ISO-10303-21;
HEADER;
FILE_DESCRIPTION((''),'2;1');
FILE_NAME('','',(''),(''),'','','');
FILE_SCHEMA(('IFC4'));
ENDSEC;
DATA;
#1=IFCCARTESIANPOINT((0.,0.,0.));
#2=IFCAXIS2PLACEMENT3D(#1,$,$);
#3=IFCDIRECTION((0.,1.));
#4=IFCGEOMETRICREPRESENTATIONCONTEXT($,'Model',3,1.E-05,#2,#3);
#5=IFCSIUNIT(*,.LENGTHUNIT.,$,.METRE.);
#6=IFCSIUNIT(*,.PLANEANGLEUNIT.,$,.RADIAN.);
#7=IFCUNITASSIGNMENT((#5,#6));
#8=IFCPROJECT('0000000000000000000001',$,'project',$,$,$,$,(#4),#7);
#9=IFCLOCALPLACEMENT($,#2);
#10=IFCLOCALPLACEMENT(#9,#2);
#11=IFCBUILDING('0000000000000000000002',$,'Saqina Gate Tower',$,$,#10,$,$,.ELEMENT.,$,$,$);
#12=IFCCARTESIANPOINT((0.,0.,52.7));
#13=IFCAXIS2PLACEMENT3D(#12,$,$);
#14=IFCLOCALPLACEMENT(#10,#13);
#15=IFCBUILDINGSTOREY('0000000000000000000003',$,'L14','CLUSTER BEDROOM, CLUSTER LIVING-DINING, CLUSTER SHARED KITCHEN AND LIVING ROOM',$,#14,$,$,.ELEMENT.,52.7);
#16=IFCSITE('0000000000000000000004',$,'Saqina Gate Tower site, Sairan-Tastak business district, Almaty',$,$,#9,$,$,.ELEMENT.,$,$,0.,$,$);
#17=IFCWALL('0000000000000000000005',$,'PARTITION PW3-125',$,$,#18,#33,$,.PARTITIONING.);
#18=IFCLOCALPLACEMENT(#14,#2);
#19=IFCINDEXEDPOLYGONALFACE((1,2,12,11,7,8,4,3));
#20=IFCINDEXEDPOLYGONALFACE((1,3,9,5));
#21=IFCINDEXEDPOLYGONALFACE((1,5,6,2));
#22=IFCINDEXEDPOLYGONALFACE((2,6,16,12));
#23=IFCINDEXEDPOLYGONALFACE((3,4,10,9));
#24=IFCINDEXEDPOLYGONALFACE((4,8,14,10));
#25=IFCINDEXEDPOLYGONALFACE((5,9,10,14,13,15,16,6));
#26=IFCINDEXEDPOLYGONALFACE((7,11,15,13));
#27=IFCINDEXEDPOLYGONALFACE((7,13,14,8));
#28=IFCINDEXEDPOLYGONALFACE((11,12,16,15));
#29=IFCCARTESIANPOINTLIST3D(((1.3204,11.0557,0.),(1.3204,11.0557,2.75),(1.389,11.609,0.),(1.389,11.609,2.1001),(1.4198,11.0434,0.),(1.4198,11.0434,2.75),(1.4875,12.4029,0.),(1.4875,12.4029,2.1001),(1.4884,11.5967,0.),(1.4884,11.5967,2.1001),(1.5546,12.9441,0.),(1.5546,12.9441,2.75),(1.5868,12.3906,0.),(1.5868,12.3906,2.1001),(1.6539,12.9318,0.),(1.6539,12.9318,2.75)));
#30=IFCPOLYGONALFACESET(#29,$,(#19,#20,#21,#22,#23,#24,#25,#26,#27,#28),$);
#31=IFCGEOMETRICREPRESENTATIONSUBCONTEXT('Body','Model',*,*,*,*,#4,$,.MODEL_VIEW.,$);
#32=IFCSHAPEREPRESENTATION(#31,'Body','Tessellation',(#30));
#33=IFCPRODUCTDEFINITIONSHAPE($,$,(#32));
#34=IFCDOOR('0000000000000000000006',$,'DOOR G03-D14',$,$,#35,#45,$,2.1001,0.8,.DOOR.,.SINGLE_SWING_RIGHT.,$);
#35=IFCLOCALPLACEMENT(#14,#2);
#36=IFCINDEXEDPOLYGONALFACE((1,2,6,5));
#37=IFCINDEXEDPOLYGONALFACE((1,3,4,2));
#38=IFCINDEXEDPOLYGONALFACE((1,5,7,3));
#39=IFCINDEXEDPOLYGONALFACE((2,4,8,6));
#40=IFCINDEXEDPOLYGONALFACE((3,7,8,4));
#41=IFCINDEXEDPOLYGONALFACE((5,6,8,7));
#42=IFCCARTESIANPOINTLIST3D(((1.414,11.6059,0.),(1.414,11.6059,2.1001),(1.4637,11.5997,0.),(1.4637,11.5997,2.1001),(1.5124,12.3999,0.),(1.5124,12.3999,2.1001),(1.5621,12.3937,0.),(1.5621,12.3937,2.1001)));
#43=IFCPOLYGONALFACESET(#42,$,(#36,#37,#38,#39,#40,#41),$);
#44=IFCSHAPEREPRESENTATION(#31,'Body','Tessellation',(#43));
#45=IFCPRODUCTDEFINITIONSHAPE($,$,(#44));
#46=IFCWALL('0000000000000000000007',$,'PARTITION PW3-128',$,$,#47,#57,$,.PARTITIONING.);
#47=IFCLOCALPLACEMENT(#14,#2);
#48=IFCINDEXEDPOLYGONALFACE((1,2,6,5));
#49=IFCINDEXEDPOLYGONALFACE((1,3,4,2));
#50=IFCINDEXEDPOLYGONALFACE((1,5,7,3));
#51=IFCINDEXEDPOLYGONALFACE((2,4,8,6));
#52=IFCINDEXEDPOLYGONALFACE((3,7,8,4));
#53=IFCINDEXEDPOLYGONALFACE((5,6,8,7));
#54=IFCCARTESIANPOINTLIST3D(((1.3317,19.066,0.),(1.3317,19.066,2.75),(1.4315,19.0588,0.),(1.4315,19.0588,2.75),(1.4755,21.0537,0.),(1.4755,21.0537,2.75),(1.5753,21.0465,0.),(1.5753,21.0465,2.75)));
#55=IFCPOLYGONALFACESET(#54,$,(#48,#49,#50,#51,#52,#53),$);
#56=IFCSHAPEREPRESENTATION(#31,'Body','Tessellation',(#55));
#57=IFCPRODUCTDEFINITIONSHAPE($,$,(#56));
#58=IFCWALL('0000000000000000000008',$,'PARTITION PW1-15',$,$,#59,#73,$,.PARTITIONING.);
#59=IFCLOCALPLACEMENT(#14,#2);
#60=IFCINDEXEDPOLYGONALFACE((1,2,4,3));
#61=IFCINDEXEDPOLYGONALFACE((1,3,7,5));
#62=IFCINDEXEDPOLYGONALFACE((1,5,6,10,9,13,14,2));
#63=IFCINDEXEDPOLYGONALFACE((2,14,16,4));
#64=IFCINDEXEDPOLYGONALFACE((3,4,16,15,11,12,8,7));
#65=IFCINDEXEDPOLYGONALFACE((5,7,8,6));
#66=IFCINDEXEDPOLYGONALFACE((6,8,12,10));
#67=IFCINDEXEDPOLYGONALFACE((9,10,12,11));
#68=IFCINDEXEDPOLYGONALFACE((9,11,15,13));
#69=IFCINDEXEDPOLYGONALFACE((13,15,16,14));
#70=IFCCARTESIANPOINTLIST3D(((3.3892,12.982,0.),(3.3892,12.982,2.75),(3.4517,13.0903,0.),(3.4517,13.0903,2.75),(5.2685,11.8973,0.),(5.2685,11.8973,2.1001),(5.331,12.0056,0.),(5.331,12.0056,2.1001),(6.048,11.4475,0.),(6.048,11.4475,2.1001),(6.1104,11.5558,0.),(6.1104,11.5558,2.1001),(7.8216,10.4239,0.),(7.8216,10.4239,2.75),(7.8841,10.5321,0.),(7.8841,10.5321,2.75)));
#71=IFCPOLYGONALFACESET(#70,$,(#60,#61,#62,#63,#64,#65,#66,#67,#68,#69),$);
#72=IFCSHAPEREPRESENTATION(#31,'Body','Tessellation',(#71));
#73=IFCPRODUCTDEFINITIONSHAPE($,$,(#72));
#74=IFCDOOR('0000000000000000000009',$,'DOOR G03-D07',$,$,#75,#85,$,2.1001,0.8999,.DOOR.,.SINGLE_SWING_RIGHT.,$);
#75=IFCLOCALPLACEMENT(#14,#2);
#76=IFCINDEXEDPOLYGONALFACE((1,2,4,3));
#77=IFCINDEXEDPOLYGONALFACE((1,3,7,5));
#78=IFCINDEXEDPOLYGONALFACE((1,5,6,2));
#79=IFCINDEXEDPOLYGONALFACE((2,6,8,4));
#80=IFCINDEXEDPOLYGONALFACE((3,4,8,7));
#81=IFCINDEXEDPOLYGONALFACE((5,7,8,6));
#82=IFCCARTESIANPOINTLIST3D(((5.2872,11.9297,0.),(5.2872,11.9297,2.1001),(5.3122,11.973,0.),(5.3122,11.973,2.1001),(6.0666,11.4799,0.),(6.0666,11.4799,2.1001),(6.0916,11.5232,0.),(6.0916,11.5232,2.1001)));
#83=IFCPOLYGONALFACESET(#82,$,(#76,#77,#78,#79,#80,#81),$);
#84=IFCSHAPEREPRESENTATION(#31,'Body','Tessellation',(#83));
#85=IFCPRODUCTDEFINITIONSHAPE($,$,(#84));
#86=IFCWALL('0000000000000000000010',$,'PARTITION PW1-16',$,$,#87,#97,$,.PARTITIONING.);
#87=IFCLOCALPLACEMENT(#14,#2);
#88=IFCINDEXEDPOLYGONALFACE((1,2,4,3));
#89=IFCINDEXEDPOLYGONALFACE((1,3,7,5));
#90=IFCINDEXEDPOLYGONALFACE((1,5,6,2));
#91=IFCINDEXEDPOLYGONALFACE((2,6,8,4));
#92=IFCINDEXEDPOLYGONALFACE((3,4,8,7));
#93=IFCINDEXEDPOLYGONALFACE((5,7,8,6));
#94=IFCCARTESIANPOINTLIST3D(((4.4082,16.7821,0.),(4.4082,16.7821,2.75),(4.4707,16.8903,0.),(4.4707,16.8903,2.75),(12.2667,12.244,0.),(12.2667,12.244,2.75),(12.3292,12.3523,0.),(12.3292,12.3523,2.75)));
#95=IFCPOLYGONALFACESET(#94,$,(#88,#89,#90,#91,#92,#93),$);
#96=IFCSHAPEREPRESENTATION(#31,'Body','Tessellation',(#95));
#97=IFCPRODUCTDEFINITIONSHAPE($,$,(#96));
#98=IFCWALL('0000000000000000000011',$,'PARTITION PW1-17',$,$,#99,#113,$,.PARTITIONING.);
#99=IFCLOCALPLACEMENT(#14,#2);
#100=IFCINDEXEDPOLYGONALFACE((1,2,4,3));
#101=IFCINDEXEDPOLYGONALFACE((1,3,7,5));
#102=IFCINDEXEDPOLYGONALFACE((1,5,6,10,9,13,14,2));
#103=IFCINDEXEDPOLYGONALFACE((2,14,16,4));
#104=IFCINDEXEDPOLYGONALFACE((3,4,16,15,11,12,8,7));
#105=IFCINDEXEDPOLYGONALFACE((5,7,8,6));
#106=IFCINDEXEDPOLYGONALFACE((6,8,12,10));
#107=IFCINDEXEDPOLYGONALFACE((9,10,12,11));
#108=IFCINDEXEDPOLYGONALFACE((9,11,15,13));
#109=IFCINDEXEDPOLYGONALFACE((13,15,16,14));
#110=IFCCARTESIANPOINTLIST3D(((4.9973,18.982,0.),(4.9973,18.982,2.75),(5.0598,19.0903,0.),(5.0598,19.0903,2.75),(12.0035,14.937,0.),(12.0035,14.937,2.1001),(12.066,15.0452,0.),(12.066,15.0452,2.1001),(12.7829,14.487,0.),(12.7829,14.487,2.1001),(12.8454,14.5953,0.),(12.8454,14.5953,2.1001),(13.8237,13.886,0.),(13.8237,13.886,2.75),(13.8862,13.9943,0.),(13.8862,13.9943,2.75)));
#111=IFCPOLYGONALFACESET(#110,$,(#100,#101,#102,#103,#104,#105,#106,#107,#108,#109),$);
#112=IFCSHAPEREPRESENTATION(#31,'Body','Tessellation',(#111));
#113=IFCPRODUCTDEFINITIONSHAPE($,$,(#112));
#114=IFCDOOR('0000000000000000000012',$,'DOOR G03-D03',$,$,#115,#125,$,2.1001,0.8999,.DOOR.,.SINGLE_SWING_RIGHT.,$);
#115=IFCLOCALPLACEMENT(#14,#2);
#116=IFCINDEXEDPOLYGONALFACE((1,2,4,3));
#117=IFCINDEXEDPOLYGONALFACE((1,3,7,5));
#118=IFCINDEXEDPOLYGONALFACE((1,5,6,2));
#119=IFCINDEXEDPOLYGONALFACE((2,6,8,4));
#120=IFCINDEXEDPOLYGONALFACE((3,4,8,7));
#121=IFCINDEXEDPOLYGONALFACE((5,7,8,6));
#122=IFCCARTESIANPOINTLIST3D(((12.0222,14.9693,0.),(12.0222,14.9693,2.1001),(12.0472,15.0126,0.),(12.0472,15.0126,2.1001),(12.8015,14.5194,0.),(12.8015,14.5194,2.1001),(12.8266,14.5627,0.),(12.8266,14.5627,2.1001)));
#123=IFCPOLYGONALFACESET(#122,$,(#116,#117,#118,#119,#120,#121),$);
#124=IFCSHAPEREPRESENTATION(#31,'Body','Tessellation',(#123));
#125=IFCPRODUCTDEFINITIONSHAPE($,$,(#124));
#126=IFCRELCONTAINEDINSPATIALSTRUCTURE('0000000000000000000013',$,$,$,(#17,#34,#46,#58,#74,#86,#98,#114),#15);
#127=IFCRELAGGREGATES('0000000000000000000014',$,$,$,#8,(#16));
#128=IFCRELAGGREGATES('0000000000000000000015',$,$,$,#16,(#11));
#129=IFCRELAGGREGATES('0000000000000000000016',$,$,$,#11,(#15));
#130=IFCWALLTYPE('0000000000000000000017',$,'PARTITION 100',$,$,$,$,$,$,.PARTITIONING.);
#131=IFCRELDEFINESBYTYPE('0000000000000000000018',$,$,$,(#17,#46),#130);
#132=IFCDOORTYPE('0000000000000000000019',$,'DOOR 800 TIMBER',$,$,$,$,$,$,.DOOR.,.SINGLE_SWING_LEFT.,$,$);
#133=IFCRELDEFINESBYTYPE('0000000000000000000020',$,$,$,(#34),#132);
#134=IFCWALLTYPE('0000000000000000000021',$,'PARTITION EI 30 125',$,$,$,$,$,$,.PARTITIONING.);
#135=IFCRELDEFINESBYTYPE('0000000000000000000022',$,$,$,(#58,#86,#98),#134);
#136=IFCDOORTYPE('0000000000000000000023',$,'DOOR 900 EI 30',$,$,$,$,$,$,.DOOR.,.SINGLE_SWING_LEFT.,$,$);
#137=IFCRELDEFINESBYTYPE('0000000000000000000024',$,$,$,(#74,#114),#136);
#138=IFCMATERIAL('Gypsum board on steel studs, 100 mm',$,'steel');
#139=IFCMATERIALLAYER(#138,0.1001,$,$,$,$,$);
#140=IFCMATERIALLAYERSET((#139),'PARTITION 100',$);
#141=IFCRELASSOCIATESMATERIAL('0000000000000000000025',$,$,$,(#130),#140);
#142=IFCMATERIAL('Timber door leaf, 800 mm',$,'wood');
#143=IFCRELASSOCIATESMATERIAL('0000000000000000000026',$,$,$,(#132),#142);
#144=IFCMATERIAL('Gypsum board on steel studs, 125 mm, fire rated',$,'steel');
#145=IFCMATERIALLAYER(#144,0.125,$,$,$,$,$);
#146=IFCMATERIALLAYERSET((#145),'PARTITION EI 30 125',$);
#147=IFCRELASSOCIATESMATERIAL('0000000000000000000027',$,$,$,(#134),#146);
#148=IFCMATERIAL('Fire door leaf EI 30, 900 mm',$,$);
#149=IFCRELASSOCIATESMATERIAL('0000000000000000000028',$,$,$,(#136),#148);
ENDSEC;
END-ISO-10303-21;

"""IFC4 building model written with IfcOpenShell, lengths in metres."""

from ifc_helpers import new_model, si_unit, direction, frame, frame_2d, origin, place, context, subcontext, project, spatial, rectangle, extrude, material, layer, layer_set, type_object, element, fill, save


model = new_model("IFC4")

# Units and contexts
model_context = context("Model", 3, precision=1e-05, world=origin(), true_north=direction((0.0, 1.0)))
body_context = subcontext(model_context, "Body", "Model", "MODEL_VIEW")
ifc_project = project(units=[si_unit("LENGTHUNIT", "METRE"), si_unit("PLANEANGLEUNIT", "RADIAN")], contexts=[model_context])

# Site, building, storey
site_placement = place(None, origin())
site = spatial("IfcSite", under=ifc_project, at=site_placement, Name="Saqina Gate Tower site, Sairan-Tastak business district, Almaty", CompositionType="ELEMENT", RefElevation=0.0)
building_placement = place(site_placement, origin())
building = spatial("IfcBuilding", under=site, at=building_placement, Name="Saqina Gate Tower", CompositionType="ELEMENT")
storey_placement = place(building_placement, frame((0.0, 0.0, 52.7)))
storey = spatial("IfcBuildingStorey", under=building, at=storey_placement, Name="L14", Description="CLUSTER BEDROOM, CLUSTER LIVING-DINING, CLUSTER SHARED KITCHEN AND LIVING ROOM", CompositionType="ELEMENT", Elevation=52.7)

# Shared definitions
ifc_material_1 = material(Name="Gypsum board on steel studs, 100 mm", Category="steel")
ifc_layer_1 = layer(ifc_material_1, 0.1001)
ifc_layer_set_1 = layer_set([ifc_layer_1], Name="PARTITION 100")
wall_type_1 = type_object("IfcWallType", Name="PARTITION 100", PredefinedType="PARTITIONING", material=ifc_layer_set_1)

# Shared definitions
ifc_material_2 = material(Name="Timber door leaf, 800 mm", Category="wood")
door_type_1 = type_object("IfcDoorType", Name="DOOR 800 TIMBER", OperationType="SINGLE_SWING_LEFT", PredefinedType="DOOR", material=ifc_material_2)

# Wall, opening, door
wall_1_placement = place(storey_placement, frame((1.3701, 11.0496, 0.0), z_axis=(0.0, 0.0, 1.0), x_axis=(0.12304, 0.992402, 0.0)))
wall_1 = element("IfcWall", 1, at=wall_1_placement, inside=storey, type_object=wall_type_1, Name="PARTITION PW3-125", PredefinedType="PARTITIONING", context=body_context, shape_type="SweptSolid", body=[
    extrude(rectangle(XDim=1.9028, YDim=0.1001, at=frame_2d((0.9514, 0.0))), origin(), (0.0, 0.0, 1.0), 2.75),
])
opening_1_placement = place(wall_1_placement, frame((0.5576, 0.0, 0.0)))
opening_1 = element("IfcOpeningElement", 2, at=opening_1_placement, cuts=wall_1, PredefinedType="OPENING", context=body_context, shape_type="SweptSolid", body=[
    extrude(rectangle(XDim=0.8, YDim=2.1001, at=frame_2d((0.3999, 1.05))), frame((0.0, 0.062, 0.0), z_axis=(0.0, -1.0, 0.0), x_axis=(1.0, 0.0, 0.0)), (0.0, 0.0, 1.0), 0.124),
])
door_1_placement = place(opening_1_placement, origin())
door_1 = element("IfcDoor", 3, at=door_1_placement, inside=storey, type_object=door_type_1, Name="DOOR G03-D14", OperationType="SINGLE_SWING_RIGHT", OverallHeight=2.1001, OverallWidth=0.8, PredefinedType="DOOR", context=body_context, shape_type="SweptSolid", body=[
    extrude(rectangle(XDim=0.8, YDim=2.1001, at=frame_2d((0.3999, 1.05))), frame((0.0, 0.0249, 0.0), z_axis=(0.0, -1.0, 0.0), x_axis=(1.0, 0.0, 0.0)), (0.0, 0.0, 1.0), 0.05),
])
fill(opening_1, door_1)

# Wall
wall_2_placement = place(storey_placement, frame((1.3816, 19.0623, 0.0), z_axis=(0.0, 0.0, 1.0), x_axis=(0.072152, 0.997394, 0.0)))
element("IfcWall", 4, at=wall_2_placement, inside=storey, type_object=wall_type_1, Name="PARTITION PW3-128", PredefinedType="PARTITIONING", context=body_context, shape_type="SweptSolid", body=[
    extrude(rectangle(XDim=1.9929, YDim=0.1001, at=frame_2d((0.9966, 0.0))), origin(), (0.0, 0.0, 1.0), 2.75),
])

# Wall, opening, door
ifc_material_3 = material(Name="Gypsum board on steel studs, 125 mm, fire rated", Category="steel")
ifc_layer_2 = layer(ifc_material_3, 0.125)
ifc_layer_set_2 = layer_set([ifc_layer_2], Name="PARTITION EI 30 125")
wall_type_2 = type_object("IfcWallType", Name="PARTITION EI 30 125", PredefinedType="PARTITIONING", material=ifc_layer_set_2)
wall_3_placement = place(storey_placement, frame((3.4204, 13.0361, 0.0), z_axis=(0.0, 0.0, 1.0), x_axis=(0.866104, -0.499864, 0.0)))
wall_3 = element("IfcWall", 5, at=wall_3_placement, inside=storey, type_object=wall_type_2, Name="PARTITION PW1-15", PredefinedType="PARTITIONING", context=body_context, shape_type="SweptSolid", body=[
    extrude(rectangle(XDim=5.1177, YDim=0.125, at=frame_2d((2.5588, 0.0))), origin(), (0.0, 0.0, 1.0), 2.75),
])
opening_2_placement = place(wall_3_placement, frame((2.1699, 0.0, 0.0)))
opening_2 = element("IfcOpeningElement", 6, at=opening_2_placement, cuts=wall_3, PredefinedType="OPENING", context=body_context, shape_type="SweptSolid", body=[
    extrude(rectangle(XDim=0.8999, YDim=2.1001, at=frame_2d((0.45, 1.05))), frame((0.0, 0.0745, 0.0), z_axis=(0.0, -1.0, 0.0), x_axis=(1.0, 0.0, 0.0)), (0.0, 0.0, 1.0), 0.1489),
])
ifc_material_4 = material(Name="Fire door leaf EI 30, 900 mm")
door_type_2 = type_object("IfcDoorType", Name="DOOR 900 EI 30", OperationType="SINGLE_SWING_LEFT", PredefinedType="DOOR", material=ifc_material_4)
door_2_placement = place(opening_2_placement, origin())
door_2 = element("IfcDoor", 7, at=door_2_placement, inside=storey, type_object=door_type_2, Name="DOOR G03-D07", OperationType="SINGLE_SWING_RIGHT", OverallHeight=2.1001, OverallWidth=0.8999, PredefinedType="DOOR", context=body_context, shape_type="SweptSolid", body=[
    extrude(rectangle(XDim=0.8999, YDim=2.1001, at=frame_2d((0.45, 1.05))), frame((0.0, 0.0249, 0.0), z_axis=(0.0, -1.0, 0.0), x_axis=(1.0, 0.0, 0.0)), (0.0, 0.0, 1.0), 0.05),
])
fill(opening_2, door_2)

# Wall
wall_4_placement = place(storey_placement, frame((4.4395, 16.8362, 0.0), z_axis=(0.0, 0.0, 1.0), x_axis=(0.865983, -0.500074, 0.0)))
element("IfcWall", 8, at=wall_4_placement, inside=storey, type_object=wall_type_2, Name="PARTITION PW1-16", PredefinedType="PARTITIONING", context=body_context, shape_type="SweptSolid", body=[
    extrude(rectangle(XDim=9.0747, YDim=0.125, at=frame_2d((4.5374, 0.0))), origin(), (0.0, 0.0, 1.0), 2.75),
])

# Wall, opening, door
wall_5_placement = place(storey_placement, frame((5.0286, 19.0361, 0.0), z_axis=(0.0, 0.0, 1.0), x_axis=(0.866025, -0.500001, 0.0)))
wall_5 = element("IfcWall", 9, at=wall_5_placement, inside=storey, type_object=wall_type_2, Name="PARTITION PW1-17", PredefinedType="PARTITIONING", context=body_context, shape_type="SweptSolid", body=[
    extrude(rectangle(XDim=10.1919, YDim=0.125, at=frame_2d((5.0959, 0.0))), origin(), (0.0, 0.0, 1.0), 2.75),
])
opening_3_placement = place(wall_5_placement, frame((8.0901, 0.0, 0.0)))
opening_3 = element("IfcOpeningElement", 10, at=opening_3_placement, cuts=wall_5, PredefinedType="OPENING", context=body_context, shape_type="SweptSolid", body=[
    extrude(rectangle(XDim=0.8999, YDim=2.1001, at=frame_2d((0.45, 1.05))), frame((0.0, 0.0745, 0.0), z_axis=(0.0, -1.0, 0.0), x_axis=(1.0, 0.0, 0.0)), (0.0, 0.0, 1.0), 0.1489),
])
door_3_placement = place(opening_3_placement, origin())
door_3 = element("IfcDoor", 11, at=door_3_placement, inside=storey, type_object=door_type_2, Name="DOOR G03-D03", OperationType="SINGLE_SWING_RIGHT", OverallHeight=2.1001, OverallWidth=0.8999, PredefinedType="DOOR", context=body_context, shape_type="SweptSolid", body=[
    extrude(rectangle(XDim=0.8999, YDim=2.1001, at=frame_2d((0.45, 1.05))), frame((0.0, 0.0249, 0.0), z_axis=(0.0, -1.0, 0.0), x_axis=(1.0, 0.0, 0.0)), (0.0, 0.0, 1.0), 0.05),
])
fill(opening_3, door_3)

save(model, "model.ifc")
